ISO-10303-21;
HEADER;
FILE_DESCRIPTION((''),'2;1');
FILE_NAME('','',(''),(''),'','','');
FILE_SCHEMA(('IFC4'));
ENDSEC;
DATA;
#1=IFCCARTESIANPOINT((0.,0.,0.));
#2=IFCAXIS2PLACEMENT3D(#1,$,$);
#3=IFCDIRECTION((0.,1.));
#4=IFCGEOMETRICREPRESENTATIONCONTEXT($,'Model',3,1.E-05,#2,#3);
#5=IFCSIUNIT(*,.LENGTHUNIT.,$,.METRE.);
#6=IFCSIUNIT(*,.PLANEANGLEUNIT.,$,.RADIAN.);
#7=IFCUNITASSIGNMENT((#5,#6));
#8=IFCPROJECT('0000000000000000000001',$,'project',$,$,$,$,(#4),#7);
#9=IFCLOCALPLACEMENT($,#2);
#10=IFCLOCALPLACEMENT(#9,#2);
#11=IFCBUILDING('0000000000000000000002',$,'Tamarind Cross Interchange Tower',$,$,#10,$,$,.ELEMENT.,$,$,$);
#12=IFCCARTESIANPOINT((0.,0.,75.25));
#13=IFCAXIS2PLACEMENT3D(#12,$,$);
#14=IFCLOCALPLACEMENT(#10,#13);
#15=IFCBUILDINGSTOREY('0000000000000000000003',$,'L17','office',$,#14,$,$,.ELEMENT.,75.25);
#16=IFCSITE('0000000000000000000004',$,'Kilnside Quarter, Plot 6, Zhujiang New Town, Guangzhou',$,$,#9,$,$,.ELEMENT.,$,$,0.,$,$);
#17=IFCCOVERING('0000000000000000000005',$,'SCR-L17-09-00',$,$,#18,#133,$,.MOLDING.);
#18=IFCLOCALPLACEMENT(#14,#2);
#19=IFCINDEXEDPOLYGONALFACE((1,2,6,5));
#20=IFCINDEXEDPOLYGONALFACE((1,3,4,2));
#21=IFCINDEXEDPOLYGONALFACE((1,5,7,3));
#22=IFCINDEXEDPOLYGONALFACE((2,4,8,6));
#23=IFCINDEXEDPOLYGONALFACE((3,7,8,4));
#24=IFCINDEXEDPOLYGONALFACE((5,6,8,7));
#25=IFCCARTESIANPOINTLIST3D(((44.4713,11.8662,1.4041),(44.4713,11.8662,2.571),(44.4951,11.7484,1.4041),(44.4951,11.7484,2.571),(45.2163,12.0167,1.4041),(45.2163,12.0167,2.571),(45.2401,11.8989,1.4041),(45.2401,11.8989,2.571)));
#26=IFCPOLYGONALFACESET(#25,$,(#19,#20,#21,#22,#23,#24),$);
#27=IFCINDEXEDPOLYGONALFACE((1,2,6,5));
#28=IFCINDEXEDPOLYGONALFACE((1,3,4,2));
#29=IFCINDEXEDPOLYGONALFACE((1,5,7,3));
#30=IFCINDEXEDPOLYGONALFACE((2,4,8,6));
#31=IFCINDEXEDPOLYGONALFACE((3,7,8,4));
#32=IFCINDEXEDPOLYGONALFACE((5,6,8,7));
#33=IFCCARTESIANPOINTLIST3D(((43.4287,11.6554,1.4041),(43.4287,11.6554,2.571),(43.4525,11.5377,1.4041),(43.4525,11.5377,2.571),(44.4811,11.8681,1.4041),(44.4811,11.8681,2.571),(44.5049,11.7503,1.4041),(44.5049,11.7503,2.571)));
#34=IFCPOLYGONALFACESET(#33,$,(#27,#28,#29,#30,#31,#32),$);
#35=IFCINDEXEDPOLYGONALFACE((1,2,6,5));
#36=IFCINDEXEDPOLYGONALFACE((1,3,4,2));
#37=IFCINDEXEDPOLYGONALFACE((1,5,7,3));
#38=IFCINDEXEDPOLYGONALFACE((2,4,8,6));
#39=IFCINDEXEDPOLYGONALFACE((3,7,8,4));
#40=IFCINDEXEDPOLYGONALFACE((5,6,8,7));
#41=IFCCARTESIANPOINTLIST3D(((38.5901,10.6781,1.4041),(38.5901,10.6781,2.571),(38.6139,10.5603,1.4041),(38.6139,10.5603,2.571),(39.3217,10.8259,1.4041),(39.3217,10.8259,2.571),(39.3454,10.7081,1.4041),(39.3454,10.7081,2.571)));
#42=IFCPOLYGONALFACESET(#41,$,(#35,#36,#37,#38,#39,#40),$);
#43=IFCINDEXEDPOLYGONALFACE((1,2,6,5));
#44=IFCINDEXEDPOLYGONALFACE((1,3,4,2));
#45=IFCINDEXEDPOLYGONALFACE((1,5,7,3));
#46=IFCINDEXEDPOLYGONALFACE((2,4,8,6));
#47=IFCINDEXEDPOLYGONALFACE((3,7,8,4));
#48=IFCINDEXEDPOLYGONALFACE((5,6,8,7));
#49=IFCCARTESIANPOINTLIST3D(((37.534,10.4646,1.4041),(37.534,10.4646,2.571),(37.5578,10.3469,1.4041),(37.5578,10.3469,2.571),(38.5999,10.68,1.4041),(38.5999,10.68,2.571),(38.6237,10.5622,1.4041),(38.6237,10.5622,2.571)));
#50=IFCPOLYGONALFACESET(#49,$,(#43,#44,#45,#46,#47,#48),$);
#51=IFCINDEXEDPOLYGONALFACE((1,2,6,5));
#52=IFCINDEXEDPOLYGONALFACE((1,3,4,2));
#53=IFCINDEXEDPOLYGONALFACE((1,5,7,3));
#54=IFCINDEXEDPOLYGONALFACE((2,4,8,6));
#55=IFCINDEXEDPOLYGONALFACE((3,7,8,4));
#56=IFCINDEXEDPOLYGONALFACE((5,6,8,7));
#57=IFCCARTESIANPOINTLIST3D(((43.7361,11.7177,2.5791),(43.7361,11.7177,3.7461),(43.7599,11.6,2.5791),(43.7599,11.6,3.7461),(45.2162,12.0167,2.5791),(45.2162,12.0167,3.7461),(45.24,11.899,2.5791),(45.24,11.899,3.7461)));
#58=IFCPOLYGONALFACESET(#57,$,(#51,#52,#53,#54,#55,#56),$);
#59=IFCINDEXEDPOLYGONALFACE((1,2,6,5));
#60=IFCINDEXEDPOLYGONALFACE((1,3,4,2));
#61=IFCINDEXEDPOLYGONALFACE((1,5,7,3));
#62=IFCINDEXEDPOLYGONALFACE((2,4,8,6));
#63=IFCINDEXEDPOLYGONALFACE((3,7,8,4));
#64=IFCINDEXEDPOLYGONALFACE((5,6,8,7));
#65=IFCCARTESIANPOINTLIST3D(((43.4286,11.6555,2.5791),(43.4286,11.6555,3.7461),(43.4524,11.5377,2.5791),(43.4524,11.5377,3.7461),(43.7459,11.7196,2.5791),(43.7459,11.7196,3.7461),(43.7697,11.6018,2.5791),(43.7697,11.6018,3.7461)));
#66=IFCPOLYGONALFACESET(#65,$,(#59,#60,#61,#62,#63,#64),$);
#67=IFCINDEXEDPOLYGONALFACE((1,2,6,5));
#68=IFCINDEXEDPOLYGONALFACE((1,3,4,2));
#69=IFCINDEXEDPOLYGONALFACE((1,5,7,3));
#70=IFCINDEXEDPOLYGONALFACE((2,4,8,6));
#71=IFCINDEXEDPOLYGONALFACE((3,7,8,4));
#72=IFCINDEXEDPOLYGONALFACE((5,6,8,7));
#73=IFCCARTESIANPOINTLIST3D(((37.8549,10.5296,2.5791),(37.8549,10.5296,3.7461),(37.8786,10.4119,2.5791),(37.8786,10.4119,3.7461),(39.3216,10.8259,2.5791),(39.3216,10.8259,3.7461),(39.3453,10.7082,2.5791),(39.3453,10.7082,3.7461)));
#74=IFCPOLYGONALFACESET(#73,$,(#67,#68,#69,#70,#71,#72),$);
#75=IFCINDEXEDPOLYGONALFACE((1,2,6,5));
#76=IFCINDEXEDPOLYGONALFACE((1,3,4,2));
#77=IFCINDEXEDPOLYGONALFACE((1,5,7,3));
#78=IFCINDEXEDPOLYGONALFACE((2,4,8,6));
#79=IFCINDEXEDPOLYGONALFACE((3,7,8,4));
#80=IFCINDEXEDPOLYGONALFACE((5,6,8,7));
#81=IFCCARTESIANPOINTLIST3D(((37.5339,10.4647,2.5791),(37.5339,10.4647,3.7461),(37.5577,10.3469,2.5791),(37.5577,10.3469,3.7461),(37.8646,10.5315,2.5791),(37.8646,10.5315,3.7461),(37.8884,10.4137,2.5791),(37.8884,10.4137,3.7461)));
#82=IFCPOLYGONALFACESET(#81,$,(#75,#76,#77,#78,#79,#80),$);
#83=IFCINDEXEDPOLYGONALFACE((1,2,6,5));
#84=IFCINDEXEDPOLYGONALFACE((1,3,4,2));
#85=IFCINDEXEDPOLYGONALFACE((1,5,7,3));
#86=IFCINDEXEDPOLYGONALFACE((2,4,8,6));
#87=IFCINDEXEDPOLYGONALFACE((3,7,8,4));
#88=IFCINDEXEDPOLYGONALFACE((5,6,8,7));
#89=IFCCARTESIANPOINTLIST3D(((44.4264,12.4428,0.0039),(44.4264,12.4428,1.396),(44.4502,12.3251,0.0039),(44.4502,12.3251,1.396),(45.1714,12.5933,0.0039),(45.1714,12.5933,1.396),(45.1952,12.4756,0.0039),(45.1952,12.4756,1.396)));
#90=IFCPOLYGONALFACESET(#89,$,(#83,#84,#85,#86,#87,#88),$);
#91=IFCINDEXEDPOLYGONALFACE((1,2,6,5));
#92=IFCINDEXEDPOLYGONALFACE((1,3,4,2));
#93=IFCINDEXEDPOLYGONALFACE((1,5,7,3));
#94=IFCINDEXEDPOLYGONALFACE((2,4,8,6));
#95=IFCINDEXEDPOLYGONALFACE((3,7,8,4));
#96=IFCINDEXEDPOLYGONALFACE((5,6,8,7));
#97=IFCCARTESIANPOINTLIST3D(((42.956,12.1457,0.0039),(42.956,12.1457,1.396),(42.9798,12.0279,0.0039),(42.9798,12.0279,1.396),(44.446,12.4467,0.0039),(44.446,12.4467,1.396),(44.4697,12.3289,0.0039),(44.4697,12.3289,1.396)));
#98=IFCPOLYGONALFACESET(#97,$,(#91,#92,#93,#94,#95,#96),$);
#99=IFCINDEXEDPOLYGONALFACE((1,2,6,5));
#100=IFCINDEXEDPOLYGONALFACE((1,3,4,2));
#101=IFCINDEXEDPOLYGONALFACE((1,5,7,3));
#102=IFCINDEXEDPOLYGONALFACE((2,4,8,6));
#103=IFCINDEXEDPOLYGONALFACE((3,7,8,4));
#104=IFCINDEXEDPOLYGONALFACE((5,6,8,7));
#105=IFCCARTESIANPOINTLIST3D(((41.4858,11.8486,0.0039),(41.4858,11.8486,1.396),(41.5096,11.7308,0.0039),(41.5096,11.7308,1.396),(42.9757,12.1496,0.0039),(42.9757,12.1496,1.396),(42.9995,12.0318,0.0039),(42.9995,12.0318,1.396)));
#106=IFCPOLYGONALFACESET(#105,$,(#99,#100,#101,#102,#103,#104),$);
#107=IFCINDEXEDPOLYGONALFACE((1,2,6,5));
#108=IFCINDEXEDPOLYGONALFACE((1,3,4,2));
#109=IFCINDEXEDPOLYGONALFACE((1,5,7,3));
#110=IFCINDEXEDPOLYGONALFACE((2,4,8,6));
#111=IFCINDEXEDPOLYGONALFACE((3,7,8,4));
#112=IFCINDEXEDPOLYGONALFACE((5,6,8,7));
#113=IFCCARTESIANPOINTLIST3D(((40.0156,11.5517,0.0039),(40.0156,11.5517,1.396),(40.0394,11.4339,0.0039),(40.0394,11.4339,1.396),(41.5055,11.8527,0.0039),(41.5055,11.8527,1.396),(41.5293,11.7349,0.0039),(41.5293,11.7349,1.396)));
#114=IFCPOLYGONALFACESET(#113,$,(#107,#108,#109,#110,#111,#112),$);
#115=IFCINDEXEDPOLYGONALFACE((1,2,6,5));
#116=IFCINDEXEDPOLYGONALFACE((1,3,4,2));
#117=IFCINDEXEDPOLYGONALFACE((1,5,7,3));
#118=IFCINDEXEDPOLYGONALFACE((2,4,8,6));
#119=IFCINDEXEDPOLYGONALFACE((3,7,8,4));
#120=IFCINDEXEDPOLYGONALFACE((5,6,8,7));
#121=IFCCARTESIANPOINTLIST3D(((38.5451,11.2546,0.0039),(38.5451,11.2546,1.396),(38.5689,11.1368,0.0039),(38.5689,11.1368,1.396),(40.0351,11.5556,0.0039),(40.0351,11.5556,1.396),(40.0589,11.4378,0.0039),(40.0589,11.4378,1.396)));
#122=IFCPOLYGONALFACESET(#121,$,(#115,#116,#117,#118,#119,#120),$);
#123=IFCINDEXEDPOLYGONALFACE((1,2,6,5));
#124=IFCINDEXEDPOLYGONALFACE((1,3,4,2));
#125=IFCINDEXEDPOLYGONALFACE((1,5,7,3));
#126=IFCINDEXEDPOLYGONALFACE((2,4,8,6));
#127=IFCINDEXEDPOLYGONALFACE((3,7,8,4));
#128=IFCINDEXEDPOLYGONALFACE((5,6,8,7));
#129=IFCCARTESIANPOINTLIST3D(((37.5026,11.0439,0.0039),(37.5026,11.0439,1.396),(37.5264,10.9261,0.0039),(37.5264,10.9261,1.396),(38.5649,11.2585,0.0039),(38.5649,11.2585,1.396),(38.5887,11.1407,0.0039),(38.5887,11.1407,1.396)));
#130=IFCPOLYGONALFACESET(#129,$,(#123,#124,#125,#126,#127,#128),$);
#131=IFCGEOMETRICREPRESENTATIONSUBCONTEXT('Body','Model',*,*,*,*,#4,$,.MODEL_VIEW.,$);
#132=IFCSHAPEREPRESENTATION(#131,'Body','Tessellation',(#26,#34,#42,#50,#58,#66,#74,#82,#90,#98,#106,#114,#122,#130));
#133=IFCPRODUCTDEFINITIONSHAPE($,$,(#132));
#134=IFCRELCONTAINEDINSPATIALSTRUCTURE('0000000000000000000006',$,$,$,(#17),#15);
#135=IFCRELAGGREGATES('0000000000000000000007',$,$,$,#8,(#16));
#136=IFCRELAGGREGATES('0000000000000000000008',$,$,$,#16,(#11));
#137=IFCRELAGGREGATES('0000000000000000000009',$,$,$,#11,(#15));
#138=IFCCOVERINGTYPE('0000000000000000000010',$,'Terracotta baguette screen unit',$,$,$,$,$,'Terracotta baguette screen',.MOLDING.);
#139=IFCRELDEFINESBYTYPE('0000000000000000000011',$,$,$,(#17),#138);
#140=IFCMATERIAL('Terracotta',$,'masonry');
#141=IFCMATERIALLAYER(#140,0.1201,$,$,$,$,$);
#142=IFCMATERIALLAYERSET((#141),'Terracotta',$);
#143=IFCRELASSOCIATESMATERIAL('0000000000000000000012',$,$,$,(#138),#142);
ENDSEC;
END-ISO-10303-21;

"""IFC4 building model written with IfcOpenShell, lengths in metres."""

from ifc_helpers import new_model, si_unit, direction, frame, origin, origin_2d, place, context, subcontext, project, spatial, rectangle, extrude, material, layer, layer_set, type_object, element, save


model = new_model("IFC4")

# Units and contexts
model_context = context("Model", 3, precision=1e-05, world=origin(), true_north=direction((0.0, 1.0)))
body_context = subcontext(model_context, "Body", "Model", "MODEL_VIEW")
ifc_project = project(units=[si_unit("LENGTHUNIT", "METRE"), si_unit("PLANEANGLEUNIT", "RADIAN")], contexts=[model_context])

# Site, building, storey
site_placement = place(None, origin())
site = spatial("IfcSite", under=ifc_project, at=site_placement, Name="Kilnside Quarter, Plot 6, Zhujiang New Town, Guangzhou", CompositionType="ELEMENT", RefElevation=0.0)
building_placement = place(site_placement, origin())
building = spatial("IfcBuilding", under=site, at=building_placement, Name="Tamarind Cross Interchange Tower", CompositionType="ELEMENT")
storey_placement = place(building_placement, frame((0.0, 0.0, 75.25)))
storey = spatial("IfcBuildingStorey", under=building, at=storey_placement, Name="L17", Description="office", CompositionType="ELEMENT", Elevation=75.25)

# Covering
ifc_material_1 = material(Name="Terracotta", Category="masonry")
ifc_layer_1 = layer(ifc_material_1, 0.1201)
ifc_layer_set_1 = layer_set([ifc_layer_1], Name="Terracotta")
covering_type = type_object("IfcCoveringType", Name="Terracotta baguette screen unit", ElementType="Terracotta baguette screen", PredefinedType="MOLDING", material=ifc_layer_set_1)
covering_1_placement = place(storey_placement, origin())
element("IfcCovering", 1, at=covering_1_placement, inside=storey, type_object=covering_type, Name="SCR-L17-09-00", PredefinedType="MOLDING", context=body_context, shape_type="SweptSolid", body=[
    extrude(rectangle(XDim=0.76, YDim=0.1201, at=origin_2d()), frame((44.8557, 11.8826, 1.4041), z_axis=(0.0, 0.0, 1.0), x_axis=(-0.980197, -0.198023, 0.0)), (0.0, 0.0, 1.0), 1.167),
    extrude(rectangle(XDim=1.0737, YDim=0.1201, at=origin_2d()), frame((43.9668, 11.7029, 1.4041), z_axis=(0.0, 0.0, 1.0), x_axis=(-0.980197, -0.198023, 0.0)), (0.0, 0.0, 1.0), 1.167),
    extrude(rectangle(XDim=0.7463, YDim=0.1201, at=origin_2d()), frame((38.9678, 10.6931, 1.4041), z_axis=(0.0, 0.0, 1.0), x_axis=(-0.980197, -0.198023, 0.0)), (0.0, 0.0, 1.0), 1.167),
    extrude(rectangle(XDim=1.0874, YDim=0.1201, at=origin_2d()), frame((38.0789, 10.5134, 1.4041), z_axis=(0.0, 0.0, 1.0), x_axis=(-0.980197, -0.198023, 0.0)), (0.0, 0.0, 1.0), 1.167),
    extrude(rectangle(XDim=1.51, YDim=0.1201, at=origin_2d()), frame((44.488, 11.8083, 2.5791), z_axis=(0.0, 0.0, 1.0), x_axis=(-0.980197, -0.198023, 0.0)), (0.0, 0.0, 1.0), 1.167),
    extrude(rectangle(XDim=0.3237, YDim=0.1201, at=origin_2d()), frame((43.5991, 11.6287, 2.5791), z_axis=(0.0, 0.0, 1.0), x_axis=(-0.980197, -0.198023, 0.0)), (0.0, 0.0, 1.0), 1.167),
    extrude(rectangle(XDim=1.4963, YDim=0.1201, at=origin_2d()), frame((38.6001, 10.6189, 2.5791), z_axis=(0.0, 0.0, 1.0), x_axis=(-0.980197, -0.198023, 0.0)), (0.0, 0.0, 1.0), 1.167),
    extrude(rectangle(XDim=0.3374, YDim=0.1201, at=origin_2d()), frame((37.7112, 10.4392, 2.5791), z_axis=(0.0, 0.0, 1.0), x_axis=(-0.980197, -0.198023, 0.0)), (0.0, 0.0, 1.0), 1.167),
    extrude(rectangle(XDim=0.76, YDim=0.1201, at=origin_2d()), frame((44.8108, 12.4592, 0.0039), z_axis=(0.0, 0.0, 1.0), x_axis=(-0.980197, -0.198023, 0.0)), (0.0, 0.0, 1.0), 1.3921),
    extrude(rectangle(XDim=1.52, YDim=0.1201, at=origin_2d()), frame((43.7129, 12.2373, 0.0039), z_axis=(0.0, 0.0, 1.0), x_axis=(-0.980197, -0.198023, 0.0)), (0.0, 0.0, 1.0), 1.3921),
    extrude(rectangle(XDim=1.52, YDim=0.1201, at=origin_2d()), frame((42.2427, 11.9402, 0.0039), z_axis=(0.0, 0.0, 1.0), x_axis=(-0.980197, -0.198023, 0.0)), (0.0, 0.0, 1.0), 1.3921),
    extrude(rectangle(XDim=1.52, YDim=0.1201, at=origin_2d()), frame((40.7725, 11.6433, 0.0039), z_axis=(0.0, 0.0, 1.0), x_axis=(-0.980197, -0.198023, 0.0)), (0.0, 0.0, 1.0), 1.3921),
    extrude(rectangle(XDim=1.52, YDim=0.1201, at=origin_2d()), frame((39.302, 11.3462, 0.0039), z_axis=(0.0, 0.0, 1.0), x_axis=(-0.980197, -0.198023, 0.0)), (0.0, 0.0, 1.0), 1.3921),
    extrude(rectangle(XDim=1.0837, YDim=0.1201, at=origin_2d()), frame((38.0457, 11.0923, 0.0039), z_axis=(0.0, 0.0, 1.0), x_axis=(-0.980197, -0.198023, 0.0)), (0.0, 0.0, 1.0), 1.3921),
])

save(model, "model.ifc")
